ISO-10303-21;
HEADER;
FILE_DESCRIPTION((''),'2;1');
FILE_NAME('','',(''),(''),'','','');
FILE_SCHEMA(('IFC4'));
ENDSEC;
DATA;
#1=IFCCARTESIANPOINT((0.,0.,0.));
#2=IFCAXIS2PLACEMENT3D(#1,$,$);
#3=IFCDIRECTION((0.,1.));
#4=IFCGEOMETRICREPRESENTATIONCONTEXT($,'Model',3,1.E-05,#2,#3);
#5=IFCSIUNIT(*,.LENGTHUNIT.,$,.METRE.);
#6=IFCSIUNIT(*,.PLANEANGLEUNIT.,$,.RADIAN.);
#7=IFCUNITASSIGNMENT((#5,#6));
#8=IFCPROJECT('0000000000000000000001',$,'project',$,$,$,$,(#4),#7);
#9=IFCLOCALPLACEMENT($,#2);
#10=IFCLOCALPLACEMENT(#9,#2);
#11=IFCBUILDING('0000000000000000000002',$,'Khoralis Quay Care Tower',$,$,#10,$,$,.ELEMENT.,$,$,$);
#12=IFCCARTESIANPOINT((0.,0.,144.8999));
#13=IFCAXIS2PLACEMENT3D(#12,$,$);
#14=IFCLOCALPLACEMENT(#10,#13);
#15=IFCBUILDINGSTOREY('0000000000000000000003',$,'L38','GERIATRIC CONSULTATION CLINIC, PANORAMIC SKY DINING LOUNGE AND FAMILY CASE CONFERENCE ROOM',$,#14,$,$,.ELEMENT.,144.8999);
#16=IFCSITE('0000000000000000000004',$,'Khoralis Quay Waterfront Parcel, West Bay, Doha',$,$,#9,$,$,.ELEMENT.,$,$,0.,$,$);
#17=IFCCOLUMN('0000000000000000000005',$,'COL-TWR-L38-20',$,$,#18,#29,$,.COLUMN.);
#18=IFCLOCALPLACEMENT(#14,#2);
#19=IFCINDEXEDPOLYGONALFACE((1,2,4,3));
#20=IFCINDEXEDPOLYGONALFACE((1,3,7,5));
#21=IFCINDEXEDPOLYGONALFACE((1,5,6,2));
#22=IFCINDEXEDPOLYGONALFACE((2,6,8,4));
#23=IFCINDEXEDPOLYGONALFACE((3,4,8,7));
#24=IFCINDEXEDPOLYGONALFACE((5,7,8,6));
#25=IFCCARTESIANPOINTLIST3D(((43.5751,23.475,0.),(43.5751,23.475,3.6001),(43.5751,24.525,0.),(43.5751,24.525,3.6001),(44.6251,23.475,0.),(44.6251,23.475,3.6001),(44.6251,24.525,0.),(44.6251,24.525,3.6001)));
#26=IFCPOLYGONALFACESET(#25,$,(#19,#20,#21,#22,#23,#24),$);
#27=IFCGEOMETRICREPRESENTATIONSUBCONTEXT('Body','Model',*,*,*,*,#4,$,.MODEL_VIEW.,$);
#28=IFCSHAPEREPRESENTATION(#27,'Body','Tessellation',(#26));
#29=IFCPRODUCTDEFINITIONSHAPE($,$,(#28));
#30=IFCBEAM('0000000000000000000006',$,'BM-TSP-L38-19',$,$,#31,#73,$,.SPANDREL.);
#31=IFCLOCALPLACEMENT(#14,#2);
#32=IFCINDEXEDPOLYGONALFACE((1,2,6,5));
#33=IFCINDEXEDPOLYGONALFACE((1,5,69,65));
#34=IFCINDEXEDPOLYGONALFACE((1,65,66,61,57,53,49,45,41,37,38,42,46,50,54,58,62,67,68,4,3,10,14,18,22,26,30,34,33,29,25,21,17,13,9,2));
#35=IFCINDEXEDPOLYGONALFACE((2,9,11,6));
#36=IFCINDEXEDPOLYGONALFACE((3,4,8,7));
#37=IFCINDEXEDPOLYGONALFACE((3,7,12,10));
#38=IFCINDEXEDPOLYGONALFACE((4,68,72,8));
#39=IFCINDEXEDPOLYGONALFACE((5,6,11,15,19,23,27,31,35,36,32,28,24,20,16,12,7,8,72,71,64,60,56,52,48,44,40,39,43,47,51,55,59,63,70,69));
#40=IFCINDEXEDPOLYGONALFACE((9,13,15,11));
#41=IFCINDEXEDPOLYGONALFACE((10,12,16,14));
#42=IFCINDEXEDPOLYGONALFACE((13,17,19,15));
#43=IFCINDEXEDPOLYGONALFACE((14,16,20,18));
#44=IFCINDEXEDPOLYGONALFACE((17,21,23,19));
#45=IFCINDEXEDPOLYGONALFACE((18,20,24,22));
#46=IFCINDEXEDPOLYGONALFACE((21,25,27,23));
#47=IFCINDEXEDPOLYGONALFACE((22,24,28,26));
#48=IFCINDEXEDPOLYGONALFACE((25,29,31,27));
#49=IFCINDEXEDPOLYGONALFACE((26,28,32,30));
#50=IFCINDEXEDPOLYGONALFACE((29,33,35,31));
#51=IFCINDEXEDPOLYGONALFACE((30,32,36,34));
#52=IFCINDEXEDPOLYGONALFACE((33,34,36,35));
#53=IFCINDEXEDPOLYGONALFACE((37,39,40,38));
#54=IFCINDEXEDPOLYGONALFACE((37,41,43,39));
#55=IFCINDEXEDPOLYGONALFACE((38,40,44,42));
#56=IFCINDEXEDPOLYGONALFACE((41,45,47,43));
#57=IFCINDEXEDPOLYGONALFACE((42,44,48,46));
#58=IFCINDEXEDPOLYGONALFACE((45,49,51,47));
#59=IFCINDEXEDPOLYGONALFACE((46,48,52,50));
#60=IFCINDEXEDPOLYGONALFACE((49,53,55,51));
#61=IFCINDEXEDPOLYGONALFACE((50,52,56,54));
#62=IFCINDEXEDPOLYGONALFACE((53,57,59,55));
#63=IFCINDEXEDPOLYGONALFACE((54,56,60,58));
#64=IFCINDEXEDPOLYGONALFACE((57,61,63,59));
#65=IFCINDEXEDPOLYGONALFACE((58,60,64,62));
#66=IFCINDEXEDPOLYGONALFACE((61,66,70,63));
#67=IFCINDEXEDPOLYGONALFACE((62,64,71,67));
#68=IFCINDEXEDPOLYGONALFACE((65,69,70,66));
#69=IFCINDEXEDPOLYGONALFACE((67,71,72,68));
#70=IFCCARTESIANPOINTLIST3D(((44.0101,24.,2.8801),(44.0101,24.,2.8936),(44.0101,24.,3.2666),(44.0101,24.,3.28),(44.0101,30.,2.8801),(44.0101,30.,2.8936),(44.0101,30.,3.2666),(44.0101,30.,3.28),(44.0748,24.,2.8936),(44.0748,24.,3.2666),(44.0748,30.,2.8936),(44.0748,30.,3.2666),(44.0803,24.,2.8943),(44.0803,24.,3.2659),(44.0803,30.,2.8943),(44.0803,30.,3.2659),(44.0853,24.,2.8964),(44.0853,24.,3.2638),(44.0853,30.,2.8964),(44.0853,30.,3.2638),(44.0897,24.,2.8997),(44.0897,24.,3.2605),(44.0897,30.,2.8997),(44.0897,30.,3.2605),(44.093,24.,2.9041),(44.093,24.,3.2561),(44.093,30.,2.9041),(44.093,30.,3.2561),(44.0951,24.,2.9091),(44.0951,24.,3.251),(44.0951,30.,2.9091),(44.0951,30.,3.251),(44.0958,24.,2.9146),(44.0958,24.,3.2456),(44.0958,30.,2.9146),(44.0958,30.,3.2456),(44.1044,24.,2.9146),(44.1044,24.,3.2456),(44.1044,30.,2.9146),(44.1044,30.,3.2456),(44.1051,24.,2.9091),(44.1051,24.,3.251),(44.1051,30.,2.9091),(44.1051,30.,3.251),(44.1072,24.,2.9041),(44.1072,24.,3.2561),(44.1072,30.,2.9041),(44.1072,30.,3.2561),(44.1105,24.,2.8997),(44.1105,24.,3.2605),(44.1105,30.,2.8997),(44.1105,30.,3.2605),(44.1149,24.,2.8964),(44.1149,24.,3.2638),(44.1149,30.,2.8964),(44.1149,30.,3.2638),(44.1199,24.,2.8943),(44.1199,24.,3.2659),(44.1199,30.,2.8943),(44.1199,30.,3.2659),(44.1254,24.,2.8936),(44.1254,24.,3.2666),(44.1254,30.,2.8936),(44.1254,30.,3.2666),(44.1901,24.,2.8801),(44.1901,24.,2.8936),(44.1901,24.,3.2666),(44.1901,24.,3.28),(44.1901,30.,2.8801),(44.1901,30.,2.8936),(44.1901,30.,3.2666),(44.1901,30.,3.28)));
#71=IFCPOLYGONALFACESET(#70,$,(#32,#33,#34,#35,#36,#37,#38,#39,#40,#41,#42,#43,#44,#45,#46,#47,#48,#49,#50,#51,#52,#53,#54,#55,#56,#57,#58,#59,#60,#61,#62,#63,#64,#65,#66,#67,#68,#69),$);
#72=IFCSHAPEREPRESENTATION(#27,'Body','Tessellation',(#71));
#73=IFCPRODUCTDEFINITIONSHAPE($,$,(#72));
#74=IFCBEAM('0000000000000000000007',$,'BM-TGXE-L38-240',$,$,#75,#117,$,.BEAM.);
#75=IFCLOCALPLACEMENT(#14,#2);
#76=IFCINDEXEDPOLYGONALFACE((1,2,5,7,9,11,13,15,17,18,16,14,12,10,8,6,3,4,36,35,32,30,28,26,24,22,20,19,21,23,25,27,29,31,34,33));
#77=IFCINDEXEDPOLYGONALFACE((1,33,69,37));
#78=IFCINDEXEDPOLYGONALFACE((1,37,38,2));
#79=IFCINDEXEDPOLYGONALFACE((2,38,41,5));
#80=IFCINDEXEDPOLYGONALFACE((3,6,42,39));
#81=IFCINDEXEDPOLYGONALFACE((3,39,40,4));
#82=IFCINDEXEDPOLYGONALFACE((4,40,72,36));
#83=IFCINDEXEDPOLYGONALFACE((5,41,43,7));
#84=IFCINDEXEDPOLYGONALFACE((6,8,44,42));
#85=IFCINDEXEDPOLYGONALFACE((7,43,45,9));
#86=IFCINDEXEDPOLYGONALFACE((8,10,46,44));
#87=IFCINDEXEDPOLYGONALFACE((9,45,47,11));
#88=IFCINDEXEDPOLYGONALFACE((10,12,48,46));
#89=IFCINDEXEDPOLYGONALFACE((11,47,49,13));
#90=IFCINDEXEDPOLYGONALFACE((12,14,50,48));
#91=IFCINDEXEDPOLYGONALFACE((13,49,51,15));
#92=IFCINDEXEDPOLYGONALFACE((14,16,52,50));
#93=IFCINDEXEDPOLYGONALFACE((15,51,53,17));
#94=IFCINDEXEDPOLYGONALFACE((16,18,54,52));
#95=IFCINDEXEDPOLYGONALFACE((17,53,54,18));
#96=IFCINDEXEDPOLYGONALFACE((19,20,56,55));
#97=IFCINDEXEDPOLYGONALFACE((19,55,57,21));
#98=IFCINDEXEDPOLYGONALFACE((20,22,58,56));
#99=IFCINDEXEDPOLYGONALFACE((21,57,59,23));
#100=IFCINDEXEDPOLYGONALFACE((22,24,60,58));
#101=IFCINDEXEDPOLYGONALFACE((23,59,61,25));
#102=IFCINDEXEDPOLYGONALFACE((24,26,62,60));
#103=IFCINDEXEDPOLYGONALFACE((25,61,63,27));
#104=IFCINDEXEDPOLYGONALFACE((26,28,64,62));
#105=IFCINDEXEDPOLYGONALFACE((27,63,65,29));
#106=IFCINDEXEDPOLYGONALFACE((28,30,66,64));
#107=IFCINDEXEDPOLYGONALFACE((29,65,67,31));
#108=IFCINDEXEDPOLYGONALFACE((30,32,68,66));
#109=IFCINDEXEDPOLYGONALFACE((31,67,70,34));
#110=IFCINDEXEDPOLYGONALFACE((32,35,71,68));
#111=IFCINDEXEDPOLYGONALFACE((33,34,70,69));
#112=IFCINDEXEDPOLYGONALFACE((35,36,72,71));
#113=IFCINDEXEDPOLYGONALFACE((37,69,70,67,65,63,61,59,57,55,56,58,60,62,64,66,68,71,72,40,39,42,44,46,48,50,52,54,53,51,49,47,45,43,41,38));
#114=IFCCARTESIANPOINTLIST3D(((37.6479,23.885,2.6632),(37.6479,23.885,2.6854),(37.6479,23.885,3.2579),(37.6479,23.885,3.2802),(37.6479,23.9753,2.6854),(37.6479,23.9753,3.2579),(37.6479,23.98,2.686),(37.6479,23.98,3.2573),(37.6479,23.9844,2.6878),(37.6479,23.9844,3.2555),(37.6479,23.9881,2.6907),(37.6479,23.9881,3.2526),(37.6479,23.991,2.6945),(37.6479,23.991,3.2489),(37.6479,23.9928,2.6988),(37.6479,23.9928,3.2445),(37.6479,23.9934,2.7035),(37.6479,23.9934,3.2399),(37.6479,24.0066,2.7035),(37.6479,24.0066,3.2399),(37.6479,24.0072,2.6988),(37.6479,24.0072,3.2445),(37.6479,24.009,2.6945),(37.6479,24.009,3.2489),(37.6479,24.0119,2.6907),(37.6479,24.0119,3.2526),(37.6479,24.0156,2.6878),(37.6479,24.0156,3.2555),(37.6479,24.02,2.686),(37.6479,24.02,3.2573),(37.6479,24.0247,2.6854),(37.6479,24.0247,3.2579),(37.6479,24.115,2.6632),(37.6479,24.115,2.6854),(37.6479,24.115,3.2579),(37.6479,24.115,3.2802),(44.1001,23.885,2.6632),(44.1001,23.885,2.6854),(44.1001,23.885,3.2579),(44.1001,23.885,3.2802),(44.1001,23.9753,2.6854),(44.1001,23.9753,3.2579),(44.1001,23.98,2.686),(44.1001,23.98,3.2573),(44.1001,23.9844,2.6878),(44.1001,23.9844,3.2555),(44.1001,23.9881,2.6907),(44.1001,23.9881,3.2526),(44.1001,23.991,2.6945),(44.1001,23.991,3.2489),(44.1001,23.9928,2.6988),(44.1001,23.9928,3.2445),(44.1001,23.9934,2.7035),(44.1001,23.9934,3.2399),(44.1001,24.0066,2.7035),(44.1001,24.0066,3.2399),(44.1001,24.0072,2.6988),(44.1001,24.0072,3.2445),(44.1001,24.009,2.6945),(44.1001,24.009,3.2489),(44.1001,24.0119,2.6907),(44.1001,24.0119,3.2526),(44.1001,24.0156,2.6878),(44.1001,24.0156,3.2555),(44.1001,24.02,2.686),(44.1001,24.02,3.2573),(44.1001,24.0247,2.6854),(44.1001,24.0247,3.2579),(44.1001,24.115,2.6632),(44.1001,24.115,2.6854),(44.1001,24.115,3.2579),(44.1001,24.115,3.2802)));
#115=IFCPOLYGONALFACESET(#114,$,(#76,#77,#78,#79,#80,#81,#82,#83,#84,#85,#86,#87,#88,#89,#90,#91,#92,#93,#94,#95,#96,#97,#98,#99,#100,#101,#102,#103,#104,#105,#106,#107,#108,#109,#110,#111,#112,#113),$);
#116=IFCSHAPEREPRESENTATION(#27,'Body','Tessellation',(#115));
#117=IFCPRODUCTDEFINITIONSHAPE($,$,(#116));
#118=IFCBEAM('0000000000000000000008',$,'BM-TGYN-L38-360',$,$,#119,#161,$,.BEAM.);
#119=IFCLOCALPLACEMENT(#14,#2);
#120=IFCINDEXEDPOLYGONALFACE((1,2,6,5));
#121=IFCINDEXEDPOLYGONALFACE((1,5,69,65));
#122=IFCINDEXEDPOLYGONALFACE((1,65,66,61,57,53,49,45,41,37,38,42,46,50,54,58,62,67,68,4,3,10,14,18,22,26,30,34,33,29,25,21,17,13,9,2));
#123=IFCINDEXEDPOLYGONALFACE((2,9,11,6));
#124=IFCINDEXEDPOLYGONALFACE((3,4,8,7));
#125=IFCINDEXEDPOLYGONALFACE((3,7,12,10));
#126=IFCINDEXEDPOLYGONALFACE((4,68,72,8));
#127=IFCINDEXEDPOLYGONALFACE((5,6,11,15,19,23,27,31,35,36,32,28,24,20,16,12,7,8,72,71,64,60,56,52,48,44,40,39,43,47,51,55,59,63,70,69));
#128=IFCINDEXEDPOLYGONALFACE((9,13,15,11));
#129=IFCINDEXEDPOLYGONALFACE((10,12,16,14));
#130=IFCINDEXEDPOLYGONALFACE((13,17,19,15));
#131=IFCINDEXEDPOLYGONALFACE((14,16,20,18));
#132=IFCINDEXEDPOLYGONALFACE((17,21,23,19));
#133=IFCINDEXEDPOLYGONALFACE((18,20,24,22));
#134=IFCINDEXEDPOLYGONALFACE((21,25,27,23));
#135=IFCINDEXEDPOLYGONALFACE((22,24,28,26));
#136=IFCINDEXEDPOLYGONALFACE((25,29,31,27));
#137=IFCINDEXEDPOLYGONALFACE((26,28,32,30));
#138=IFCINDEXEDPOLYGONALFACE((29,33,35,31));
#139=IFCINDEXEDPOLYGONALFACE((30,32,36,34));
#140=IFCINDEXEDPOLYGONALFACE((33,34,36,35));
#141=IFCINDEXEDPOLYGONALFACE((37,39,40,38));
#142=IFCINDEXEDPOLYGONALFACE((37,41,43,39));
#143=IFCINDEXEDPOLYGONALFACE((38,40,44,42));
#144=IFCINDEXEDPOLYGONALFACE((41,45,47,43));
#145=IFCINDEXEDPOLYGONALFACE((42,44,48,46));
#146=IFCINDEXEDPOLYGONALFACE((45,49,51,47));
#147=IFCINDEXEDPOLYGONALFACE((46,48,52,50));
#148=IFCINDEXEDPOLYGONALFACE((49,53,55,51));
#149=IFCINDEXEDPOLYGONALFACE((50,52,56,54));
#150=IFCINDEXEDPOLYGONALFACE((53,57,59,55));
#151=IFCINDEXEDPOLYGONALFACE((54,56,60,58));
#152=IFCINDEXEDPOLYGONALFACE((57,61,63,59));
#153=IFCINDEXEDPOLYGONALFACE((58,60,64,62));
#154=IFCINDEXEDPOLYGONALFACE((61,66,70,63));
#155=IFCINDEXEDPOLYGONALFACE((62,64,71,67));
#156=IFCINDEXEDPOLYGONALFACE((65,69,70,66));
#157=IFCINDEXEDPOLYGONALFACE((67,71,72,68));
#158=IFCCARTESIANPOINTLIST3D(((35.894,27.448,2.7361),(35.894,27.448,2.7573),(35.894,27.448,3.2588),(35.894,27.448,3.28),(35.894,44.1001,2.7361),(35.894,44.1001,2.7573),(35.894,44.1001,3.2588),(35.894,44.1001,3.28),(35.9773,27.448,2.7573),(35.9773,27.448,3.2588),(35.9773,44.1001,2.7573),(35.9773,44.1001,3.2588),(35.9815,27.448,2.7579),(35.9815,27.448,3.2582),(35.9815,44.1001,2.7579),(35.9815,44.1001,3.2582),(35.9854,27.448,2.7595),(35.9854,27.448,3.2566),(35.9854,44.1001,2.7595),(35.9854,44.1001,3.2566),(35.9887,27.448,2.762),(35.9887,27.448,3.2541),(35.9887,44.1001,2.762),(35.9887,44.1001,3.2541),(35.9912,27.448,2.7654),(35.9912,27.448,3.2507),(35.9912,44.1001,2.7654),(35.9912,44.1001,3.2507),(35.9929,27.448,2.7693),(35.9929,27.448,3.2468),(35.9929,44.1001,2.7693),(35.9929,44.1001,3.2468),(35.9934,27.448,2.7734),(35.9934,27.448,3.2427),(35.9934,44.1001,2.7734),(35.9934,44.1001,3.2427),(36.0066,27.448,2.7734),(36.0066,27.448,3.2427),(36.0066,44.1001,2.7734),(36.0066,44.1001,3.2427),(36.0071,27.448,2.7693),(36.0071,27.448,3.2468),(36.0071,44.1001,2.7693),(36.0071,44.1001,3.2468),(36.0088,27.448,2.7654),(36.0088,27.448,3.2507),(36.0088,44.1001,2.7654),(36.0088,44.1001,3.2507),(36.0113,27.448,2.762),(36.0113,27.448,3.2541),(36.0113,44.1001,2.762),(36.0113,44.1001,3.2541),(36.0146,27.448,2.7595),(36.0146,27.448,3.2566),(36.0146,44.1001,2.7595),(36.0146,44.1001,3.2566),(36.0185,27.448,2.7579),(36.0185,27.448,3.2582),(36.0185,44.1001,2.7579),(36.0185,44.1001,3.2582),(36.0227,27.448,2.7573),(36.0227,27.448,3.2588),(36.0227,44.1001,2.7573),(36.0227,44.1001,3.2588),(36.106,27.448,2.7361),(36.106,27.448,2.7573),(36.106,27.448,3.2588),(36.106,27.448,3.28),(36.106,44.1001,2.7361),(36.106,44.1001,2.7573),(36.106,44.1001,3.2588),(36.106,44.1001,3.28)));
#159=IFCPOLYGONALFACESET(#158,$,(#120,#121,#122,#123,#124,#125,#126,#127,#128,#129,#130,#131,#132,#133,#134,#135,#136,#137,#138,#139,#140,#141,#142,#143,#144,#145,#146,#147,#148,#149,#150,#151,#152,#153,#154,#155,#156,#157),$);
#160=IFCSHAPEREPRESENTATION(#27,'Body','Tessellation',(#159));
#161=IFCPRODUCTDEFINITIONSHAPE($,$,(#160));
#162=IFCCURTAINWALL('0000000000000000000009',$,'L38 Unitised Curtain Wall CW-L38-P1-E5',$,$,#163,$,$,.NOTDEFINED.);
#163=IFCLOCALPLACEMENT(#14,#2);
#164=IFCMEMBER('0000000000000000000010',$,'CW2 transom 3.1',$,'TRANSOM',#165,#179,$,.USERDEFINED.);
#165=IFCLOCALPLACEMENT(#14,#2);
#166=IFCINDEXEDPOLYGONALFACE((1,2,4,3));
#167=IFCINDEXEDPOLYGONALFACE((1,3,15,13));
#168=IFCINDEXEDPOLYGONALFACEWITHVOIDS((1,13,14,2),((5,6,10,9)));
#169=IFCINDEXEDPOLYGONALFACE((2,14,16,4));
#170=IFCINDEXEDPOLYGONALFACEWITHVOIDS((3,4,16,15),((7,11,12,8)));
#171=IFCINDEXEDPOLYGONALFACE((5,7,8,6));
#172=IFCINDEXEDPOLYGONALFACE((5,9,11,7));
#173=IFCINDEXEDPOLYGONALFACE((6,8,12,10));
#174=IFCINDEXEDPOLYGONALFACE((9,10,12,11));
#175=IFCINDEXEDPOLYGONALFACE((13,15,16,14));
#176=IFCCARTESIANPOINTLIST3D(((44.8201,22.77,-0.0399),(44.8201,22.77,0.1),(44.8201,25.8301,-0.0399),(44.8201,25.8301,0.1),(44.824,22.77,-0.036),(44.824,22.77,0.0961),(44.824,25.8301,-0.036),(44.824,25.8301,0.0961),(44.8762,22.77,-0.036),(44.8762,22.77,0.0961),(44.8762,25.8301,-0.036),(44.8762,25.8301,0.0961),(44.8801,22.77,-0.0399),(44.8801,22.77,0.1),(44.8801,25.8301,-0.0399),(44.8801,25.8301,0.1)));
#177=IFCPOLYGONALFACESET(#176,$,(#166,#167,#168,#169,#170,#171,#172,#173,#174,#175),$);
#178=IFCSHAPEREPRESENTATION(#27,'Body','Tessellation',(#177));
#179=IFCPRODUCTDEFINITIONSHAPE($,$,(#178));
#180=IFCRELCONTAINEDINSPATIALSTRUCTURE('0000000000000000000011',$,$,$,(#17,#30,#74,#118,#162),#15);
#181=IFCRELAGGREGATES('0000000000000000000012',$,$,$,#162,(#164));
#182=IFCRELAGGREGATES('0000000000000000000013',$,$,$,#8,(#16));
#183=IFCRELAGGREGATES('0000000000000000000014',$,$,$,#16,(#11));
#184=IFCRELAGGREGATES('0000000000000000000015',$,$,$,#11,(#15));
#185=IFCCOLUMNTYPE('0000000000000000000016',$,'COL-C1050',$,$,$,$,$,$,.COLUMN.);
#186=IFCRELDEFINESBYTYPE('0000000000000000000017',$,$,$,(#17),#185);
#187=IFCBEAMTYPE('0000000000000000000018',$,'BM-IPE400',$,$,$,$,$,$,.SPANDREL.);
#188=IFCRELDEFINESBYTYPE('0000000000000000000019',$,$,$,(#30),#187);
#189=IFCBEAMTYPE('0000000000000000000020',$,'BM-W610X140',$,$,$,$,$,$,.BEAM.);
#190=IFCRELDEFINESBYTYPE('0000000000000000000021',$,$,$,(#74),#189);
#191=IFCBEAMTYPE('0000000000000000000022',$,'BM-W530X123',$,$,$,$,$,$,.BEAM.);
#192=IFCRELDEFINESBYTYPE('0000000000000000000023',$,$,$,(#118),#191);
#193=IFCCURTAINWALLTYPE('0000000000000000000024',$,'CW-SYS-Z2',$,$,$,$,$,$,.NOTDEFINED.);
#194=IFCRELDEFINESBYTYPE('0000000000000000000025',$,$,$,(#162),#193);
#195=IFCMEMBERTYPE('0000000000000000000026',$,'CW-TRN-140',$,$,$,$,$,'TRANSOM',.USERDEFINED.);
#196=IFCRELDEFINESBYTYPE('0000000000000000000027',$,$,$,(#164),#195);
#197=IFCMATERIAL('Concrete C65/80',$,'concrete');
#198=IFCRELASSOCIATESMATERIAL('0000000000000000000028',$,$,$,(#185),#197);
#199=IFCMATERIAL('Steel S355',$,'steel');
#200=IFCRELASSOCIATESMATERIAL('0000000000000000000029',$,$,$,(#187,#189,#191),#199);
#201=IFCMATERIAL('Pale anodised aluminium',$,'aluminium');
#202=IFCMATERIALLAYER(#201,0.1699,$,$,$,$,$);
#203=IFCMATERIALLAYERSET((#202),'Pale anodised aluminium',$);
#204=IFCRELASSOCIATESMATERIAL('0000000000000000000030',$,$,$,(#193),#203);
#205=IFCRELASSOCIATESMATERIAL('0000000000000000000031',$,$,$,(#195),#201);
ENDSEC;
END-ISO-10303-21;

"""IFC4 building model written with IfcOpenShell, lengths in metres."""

from ifc_helpers import new_model, si_unit, direction, frame, origin, origin_2d, place, context, subcontext, project, spatial, rectangle, hollow_rectangle, i_section, extrude, source, transform, mapped, material, layer, layer_set, material_profile, profile_set, type_object, element, aggregate, save


model = new_model("IFC4")

# Units and contexts
model_context = context("Model", 3, precision=1e-05, world=origin(), true_north=direction((0.0, 1.0)))
body_context = subcontext(model_context, "Body", "Model", "MODEL_VIEW")
ifc_project = project(units=[si_unit("LENGTHUNIT", "METRE"), si_unit("PLANEANGLEUNIT", "RADIAN")], contexts=[model_context])

# Site, building, storey
site_placement = place(None, origin())
site = spatial("IfcSite", under=ifc_project, at=site_placement, Name="Khoralis Quay Waterfront Parcel, West Bay, Doha", CompositionType="ELEMENT", RefElevation=0.0)
building_placement = place(site_placement, origin())
building = spatial("IfcBuilding", under=site, at=building_placement, Name="Khoralis Quay Care Tower", CompositionType="ELEMENT")
storey_placement = place(building_placement, frame((0.0, 0.0, 144.8999)))
storey = spatial("IfcBuildingStorey", under=building, at=storey_placement, Name="L38", Description="GERIATRIC CONSULTATION CLINIC, PANORAMIC SKY DINING LOUNGE AND FAMILY CASE CONFERENCE ROOM", CompositionType="ELEMENT", Elevation=144.8999)

# Column
ifc_material_1 = material(Name="Concrete C65/80", Category="concrete")
ifc_material_profile_1 = material_profile(ifc_material_1, rectangle(XDim=1.05, YDim=1.05, at=origin_2d()), Name="Concrete C65/80")
ifc_profile_set_1 = profile_set([ifc_material_profile_1], Name="Concrete C65/80")
column_type = type_object("IfcColumnType", Name="COL-C1050", PredefinedType="COLUMN", material=ifc_profile_set_1)
shared_shape_1 = source(origin(), body_context, "Body", "SweptSolid", [
    extrude(rectangle(XDim=1.05, YDim=1.05, at=origin_2d()), origin(), (0.0, 0.0, 1.0), 3.6001),
])
column_placement = place(storey_placement, frame((44.1001, 24.0, 0.0), z_axis=(0.0, 0.0, 1.0), x_axis=(1.0, 0.0, 0.0)))
element("IfcColumn", 1, at=column_placement, inside=storey, type_object=column_type, Name="COL-TWR-L38-20", PredefinedType="COLUMN", context=body_context, shape_type="MappedRepresentation", body=[
    mapped(shared_shape_1, transform((0.0, 0.0, 0.0), scale=1.0)),
])

# Beams
ifc_material_2 = material(Name="Steel S355", Category="steel")
ifc_material_profile_2 = material_profile(ifc_material_2, i_section(OverallWidth=0.1799, OverallDepth=0.3999, WebThickness=0.0085, FlangeThickness=0.0134, FilletRadius=0.021, at=origin_2d()), Name="Steel S355")
ifc_profile_set_2 = profile_set([ifc_material_profile_2], Name="Steel S355")
beam_type_1 = type_object("IfcBeamType", Name="BM-IPE400", PredefinedType="SPANDREL", material=ifc_profile_set_2)
shared_shape_2 = source(origin(), body_context, "Body", "SweptSolid", [
    extrude(i_section(OverallWidth=0.1799, OverallDepth=0.3999, WebThickness=0.0085, FlangeThickness=0.0134, FilletRadius=0.021, at=origin_2d()), origin(), (0.0, 0.0, 1.0), 6.0),
])
beam_1_placement = place(storey_placement, frame((44.1001, 24.0, 3.0801), z_axis=(0.0, 1.0, 0.0), x_axis=(-1.0, 0.0, 0.0)))
element("IfcBeam", 2, at=beam_1_placement, inside=storey, type_object=beam_type_1, Name="BM-TSP-L38-19", PredefinedType="SPANDREL", context=body_context, shape_type="MappedRepresentation", body=[
    mapped(shared_shape_2, transform((0.0, 0.0, 0.0), scale=1.0)),
])
ifc_material_profile_3 = material_profile(ifc_material_2, i_section(OverallWidth=0.23, OverallDepth=0.6169, WebThickness=0.0132, FlangeThickness=0.0222, FilletRadius=0.0181, at=origin_2d()), Name="Steel S355")
ifc_profile_set_3 = profile_set([ifc_material_profile_3], Name="Steel S355")
beam_type_2 = type_object("IfcBeamType", Name="BM-W610X140", PredefinedType="BEAM", material=ifc_profile_set_3)
shared_shape_3 = source(origin(), body_context, "Body", "SweptSolid", [
    extrude(i_section(OverallWidth=0.23, OverallDepth=0.6169, WebThickness=0.0132, FlangeThickness=0.0222, FilletRadius=0.0181, at=origin_2d()), origin(), (0.0, 0.0, 1.0), 6.4521),
])
beam_2_placement = place(storey_placement, frame((37.6479, 24.0, 2.9717), z_axis=(1.0, 0.0, 0.0), x_axis=(0.0, 1.0, 0.0)))
element("IfcBeam", 3, at=beam_2_placement, inside=storey, type_object=beam_type_2, Name="BM-TGXE-L38-240", PredefinedType="BEAM", context=body_context, shape_type="MappedRepresentation", body=[
    mapped(shared_shape_3, transform((0.0, 0.0, 0.0), scale=1.0)),
])
ifc_material_profile_4 = material_profile(ifc_material_2, i_section(OverallWidth=0.2119, OverallDepth=0.5439, WebThickness=0.0132, FlangeThickness=0.0212, FilletRadius=0.0161, at=origin_2d()), Name="Steel S355")
ifc_profile_set_4 = profile_set([ifc_material_profile_4], Name="Steel S355")
beam_type_3 = type_object("IfcBeamType", Name="BM-W530X123", PredefinedType="BEAM", material=ifc_profile_set_4)
shared_shape_4 = source(origin(), body_context, "Body", "SweptSolid", [
    extrude(i_section(OverallWidth=0.2119, OverallDepth=0.5439, WebThickness=0.0132, FlangeThickness=0.0212, FilletRadius=0.0161, at=origin_2d()), origin(), (0.0, 0.0, 1.0), 16.6521),
])
beam_3_placement = place(storey_placement, frame((36.0, 27.448, 3.0081), z_axis=(0.0, 1.0, 0.0), x_axis=(-1.0, 0.0, 0.0)))
element("IfcBeam", 4, at=beam_3_placement, inside=storey, type_object=beam_type_3, Name="BM-TGYN-L38-360", PredefinedType="BEAM", context=body_context, shape_type="MappedRepresentation", body=[
    mapped(shared_shape_4, transform((0.0, 0.0, 0.0), scale=1.0)),
])

# Curtain wall, member
ifc_material_3 = material(Name="Pale anodised aluminium", Category="aluminium")
ifc_layer_1 = layer(ifc_material_3, 0.1699)
ifc_layer_set_1 = layer_set([ifc_layer_1], Name="Pale anodised aluminium")
curtain_wall_type = type_object("IfcCurtainWallType", Name="CW-SYS-Z2", PredefinedType="NOTDEFINED", material=ifc_layer_set_1)
curtain_wall_placement = place(storey_placement, origin())
curtain_wall = element("IfcCurtainWall", 5, at=curtain_wall_placement, inside=storey, type_object=curtain_wall_type, Name="L38 Unitised Curtain Wall CW-L38-P1-E5", PredefinedType="NOTDEFINED")
ifc_material_profile_5 = material_profile(ifc_material_3, hollow_rectangle(XDim=0.0601, YDim=0.1399, WallThickness=0.0039, at=origin_2d()), Name="Pale anodised aluminium")
ifc_profile_set_5 = profile_set([ifc_material_profile_5], Name="Pale anodised aluminium")
member_type_1 = type_object("IfcMemberType", Name="CW-TRN-140", ElementType="TRANSOM", PredefinedType="USERDEFINED", material=ifc_profile_set_5)
shared_shape_5 = source(origin(), body_context, "Body", "SweptSolid", [
    extrude(hollow_rectangle(XDim=0.0601, YDim=0.1399, WallThickness=0.0039, at=origin_2d()), origin(), (0.0, 0.0, 1.0), 3.0601),
])
member_1_placement = place(storey_placement, frame((44.8501, 22.77, 0.03), z_axis=(0.0, 1.0, 0.0), x_axis=(-1.0, 0.0, 0.0)))
member_1 = element("IfcMember", 6, at=member_1_placement, type_object=member_type_1, Name="CW2 transom 3.1", ObjectType="TRANSOM", PredefinedType="USERDEFINED", context=body_context, shape_type="MappedRepresentation", body=[
    mapped(shared_shape_5, transform((0.0, 0.0, 0.0), scale=1.0)),
])
aggregate(curtain_wall, [member_1])

save(model, "model.ifc")
